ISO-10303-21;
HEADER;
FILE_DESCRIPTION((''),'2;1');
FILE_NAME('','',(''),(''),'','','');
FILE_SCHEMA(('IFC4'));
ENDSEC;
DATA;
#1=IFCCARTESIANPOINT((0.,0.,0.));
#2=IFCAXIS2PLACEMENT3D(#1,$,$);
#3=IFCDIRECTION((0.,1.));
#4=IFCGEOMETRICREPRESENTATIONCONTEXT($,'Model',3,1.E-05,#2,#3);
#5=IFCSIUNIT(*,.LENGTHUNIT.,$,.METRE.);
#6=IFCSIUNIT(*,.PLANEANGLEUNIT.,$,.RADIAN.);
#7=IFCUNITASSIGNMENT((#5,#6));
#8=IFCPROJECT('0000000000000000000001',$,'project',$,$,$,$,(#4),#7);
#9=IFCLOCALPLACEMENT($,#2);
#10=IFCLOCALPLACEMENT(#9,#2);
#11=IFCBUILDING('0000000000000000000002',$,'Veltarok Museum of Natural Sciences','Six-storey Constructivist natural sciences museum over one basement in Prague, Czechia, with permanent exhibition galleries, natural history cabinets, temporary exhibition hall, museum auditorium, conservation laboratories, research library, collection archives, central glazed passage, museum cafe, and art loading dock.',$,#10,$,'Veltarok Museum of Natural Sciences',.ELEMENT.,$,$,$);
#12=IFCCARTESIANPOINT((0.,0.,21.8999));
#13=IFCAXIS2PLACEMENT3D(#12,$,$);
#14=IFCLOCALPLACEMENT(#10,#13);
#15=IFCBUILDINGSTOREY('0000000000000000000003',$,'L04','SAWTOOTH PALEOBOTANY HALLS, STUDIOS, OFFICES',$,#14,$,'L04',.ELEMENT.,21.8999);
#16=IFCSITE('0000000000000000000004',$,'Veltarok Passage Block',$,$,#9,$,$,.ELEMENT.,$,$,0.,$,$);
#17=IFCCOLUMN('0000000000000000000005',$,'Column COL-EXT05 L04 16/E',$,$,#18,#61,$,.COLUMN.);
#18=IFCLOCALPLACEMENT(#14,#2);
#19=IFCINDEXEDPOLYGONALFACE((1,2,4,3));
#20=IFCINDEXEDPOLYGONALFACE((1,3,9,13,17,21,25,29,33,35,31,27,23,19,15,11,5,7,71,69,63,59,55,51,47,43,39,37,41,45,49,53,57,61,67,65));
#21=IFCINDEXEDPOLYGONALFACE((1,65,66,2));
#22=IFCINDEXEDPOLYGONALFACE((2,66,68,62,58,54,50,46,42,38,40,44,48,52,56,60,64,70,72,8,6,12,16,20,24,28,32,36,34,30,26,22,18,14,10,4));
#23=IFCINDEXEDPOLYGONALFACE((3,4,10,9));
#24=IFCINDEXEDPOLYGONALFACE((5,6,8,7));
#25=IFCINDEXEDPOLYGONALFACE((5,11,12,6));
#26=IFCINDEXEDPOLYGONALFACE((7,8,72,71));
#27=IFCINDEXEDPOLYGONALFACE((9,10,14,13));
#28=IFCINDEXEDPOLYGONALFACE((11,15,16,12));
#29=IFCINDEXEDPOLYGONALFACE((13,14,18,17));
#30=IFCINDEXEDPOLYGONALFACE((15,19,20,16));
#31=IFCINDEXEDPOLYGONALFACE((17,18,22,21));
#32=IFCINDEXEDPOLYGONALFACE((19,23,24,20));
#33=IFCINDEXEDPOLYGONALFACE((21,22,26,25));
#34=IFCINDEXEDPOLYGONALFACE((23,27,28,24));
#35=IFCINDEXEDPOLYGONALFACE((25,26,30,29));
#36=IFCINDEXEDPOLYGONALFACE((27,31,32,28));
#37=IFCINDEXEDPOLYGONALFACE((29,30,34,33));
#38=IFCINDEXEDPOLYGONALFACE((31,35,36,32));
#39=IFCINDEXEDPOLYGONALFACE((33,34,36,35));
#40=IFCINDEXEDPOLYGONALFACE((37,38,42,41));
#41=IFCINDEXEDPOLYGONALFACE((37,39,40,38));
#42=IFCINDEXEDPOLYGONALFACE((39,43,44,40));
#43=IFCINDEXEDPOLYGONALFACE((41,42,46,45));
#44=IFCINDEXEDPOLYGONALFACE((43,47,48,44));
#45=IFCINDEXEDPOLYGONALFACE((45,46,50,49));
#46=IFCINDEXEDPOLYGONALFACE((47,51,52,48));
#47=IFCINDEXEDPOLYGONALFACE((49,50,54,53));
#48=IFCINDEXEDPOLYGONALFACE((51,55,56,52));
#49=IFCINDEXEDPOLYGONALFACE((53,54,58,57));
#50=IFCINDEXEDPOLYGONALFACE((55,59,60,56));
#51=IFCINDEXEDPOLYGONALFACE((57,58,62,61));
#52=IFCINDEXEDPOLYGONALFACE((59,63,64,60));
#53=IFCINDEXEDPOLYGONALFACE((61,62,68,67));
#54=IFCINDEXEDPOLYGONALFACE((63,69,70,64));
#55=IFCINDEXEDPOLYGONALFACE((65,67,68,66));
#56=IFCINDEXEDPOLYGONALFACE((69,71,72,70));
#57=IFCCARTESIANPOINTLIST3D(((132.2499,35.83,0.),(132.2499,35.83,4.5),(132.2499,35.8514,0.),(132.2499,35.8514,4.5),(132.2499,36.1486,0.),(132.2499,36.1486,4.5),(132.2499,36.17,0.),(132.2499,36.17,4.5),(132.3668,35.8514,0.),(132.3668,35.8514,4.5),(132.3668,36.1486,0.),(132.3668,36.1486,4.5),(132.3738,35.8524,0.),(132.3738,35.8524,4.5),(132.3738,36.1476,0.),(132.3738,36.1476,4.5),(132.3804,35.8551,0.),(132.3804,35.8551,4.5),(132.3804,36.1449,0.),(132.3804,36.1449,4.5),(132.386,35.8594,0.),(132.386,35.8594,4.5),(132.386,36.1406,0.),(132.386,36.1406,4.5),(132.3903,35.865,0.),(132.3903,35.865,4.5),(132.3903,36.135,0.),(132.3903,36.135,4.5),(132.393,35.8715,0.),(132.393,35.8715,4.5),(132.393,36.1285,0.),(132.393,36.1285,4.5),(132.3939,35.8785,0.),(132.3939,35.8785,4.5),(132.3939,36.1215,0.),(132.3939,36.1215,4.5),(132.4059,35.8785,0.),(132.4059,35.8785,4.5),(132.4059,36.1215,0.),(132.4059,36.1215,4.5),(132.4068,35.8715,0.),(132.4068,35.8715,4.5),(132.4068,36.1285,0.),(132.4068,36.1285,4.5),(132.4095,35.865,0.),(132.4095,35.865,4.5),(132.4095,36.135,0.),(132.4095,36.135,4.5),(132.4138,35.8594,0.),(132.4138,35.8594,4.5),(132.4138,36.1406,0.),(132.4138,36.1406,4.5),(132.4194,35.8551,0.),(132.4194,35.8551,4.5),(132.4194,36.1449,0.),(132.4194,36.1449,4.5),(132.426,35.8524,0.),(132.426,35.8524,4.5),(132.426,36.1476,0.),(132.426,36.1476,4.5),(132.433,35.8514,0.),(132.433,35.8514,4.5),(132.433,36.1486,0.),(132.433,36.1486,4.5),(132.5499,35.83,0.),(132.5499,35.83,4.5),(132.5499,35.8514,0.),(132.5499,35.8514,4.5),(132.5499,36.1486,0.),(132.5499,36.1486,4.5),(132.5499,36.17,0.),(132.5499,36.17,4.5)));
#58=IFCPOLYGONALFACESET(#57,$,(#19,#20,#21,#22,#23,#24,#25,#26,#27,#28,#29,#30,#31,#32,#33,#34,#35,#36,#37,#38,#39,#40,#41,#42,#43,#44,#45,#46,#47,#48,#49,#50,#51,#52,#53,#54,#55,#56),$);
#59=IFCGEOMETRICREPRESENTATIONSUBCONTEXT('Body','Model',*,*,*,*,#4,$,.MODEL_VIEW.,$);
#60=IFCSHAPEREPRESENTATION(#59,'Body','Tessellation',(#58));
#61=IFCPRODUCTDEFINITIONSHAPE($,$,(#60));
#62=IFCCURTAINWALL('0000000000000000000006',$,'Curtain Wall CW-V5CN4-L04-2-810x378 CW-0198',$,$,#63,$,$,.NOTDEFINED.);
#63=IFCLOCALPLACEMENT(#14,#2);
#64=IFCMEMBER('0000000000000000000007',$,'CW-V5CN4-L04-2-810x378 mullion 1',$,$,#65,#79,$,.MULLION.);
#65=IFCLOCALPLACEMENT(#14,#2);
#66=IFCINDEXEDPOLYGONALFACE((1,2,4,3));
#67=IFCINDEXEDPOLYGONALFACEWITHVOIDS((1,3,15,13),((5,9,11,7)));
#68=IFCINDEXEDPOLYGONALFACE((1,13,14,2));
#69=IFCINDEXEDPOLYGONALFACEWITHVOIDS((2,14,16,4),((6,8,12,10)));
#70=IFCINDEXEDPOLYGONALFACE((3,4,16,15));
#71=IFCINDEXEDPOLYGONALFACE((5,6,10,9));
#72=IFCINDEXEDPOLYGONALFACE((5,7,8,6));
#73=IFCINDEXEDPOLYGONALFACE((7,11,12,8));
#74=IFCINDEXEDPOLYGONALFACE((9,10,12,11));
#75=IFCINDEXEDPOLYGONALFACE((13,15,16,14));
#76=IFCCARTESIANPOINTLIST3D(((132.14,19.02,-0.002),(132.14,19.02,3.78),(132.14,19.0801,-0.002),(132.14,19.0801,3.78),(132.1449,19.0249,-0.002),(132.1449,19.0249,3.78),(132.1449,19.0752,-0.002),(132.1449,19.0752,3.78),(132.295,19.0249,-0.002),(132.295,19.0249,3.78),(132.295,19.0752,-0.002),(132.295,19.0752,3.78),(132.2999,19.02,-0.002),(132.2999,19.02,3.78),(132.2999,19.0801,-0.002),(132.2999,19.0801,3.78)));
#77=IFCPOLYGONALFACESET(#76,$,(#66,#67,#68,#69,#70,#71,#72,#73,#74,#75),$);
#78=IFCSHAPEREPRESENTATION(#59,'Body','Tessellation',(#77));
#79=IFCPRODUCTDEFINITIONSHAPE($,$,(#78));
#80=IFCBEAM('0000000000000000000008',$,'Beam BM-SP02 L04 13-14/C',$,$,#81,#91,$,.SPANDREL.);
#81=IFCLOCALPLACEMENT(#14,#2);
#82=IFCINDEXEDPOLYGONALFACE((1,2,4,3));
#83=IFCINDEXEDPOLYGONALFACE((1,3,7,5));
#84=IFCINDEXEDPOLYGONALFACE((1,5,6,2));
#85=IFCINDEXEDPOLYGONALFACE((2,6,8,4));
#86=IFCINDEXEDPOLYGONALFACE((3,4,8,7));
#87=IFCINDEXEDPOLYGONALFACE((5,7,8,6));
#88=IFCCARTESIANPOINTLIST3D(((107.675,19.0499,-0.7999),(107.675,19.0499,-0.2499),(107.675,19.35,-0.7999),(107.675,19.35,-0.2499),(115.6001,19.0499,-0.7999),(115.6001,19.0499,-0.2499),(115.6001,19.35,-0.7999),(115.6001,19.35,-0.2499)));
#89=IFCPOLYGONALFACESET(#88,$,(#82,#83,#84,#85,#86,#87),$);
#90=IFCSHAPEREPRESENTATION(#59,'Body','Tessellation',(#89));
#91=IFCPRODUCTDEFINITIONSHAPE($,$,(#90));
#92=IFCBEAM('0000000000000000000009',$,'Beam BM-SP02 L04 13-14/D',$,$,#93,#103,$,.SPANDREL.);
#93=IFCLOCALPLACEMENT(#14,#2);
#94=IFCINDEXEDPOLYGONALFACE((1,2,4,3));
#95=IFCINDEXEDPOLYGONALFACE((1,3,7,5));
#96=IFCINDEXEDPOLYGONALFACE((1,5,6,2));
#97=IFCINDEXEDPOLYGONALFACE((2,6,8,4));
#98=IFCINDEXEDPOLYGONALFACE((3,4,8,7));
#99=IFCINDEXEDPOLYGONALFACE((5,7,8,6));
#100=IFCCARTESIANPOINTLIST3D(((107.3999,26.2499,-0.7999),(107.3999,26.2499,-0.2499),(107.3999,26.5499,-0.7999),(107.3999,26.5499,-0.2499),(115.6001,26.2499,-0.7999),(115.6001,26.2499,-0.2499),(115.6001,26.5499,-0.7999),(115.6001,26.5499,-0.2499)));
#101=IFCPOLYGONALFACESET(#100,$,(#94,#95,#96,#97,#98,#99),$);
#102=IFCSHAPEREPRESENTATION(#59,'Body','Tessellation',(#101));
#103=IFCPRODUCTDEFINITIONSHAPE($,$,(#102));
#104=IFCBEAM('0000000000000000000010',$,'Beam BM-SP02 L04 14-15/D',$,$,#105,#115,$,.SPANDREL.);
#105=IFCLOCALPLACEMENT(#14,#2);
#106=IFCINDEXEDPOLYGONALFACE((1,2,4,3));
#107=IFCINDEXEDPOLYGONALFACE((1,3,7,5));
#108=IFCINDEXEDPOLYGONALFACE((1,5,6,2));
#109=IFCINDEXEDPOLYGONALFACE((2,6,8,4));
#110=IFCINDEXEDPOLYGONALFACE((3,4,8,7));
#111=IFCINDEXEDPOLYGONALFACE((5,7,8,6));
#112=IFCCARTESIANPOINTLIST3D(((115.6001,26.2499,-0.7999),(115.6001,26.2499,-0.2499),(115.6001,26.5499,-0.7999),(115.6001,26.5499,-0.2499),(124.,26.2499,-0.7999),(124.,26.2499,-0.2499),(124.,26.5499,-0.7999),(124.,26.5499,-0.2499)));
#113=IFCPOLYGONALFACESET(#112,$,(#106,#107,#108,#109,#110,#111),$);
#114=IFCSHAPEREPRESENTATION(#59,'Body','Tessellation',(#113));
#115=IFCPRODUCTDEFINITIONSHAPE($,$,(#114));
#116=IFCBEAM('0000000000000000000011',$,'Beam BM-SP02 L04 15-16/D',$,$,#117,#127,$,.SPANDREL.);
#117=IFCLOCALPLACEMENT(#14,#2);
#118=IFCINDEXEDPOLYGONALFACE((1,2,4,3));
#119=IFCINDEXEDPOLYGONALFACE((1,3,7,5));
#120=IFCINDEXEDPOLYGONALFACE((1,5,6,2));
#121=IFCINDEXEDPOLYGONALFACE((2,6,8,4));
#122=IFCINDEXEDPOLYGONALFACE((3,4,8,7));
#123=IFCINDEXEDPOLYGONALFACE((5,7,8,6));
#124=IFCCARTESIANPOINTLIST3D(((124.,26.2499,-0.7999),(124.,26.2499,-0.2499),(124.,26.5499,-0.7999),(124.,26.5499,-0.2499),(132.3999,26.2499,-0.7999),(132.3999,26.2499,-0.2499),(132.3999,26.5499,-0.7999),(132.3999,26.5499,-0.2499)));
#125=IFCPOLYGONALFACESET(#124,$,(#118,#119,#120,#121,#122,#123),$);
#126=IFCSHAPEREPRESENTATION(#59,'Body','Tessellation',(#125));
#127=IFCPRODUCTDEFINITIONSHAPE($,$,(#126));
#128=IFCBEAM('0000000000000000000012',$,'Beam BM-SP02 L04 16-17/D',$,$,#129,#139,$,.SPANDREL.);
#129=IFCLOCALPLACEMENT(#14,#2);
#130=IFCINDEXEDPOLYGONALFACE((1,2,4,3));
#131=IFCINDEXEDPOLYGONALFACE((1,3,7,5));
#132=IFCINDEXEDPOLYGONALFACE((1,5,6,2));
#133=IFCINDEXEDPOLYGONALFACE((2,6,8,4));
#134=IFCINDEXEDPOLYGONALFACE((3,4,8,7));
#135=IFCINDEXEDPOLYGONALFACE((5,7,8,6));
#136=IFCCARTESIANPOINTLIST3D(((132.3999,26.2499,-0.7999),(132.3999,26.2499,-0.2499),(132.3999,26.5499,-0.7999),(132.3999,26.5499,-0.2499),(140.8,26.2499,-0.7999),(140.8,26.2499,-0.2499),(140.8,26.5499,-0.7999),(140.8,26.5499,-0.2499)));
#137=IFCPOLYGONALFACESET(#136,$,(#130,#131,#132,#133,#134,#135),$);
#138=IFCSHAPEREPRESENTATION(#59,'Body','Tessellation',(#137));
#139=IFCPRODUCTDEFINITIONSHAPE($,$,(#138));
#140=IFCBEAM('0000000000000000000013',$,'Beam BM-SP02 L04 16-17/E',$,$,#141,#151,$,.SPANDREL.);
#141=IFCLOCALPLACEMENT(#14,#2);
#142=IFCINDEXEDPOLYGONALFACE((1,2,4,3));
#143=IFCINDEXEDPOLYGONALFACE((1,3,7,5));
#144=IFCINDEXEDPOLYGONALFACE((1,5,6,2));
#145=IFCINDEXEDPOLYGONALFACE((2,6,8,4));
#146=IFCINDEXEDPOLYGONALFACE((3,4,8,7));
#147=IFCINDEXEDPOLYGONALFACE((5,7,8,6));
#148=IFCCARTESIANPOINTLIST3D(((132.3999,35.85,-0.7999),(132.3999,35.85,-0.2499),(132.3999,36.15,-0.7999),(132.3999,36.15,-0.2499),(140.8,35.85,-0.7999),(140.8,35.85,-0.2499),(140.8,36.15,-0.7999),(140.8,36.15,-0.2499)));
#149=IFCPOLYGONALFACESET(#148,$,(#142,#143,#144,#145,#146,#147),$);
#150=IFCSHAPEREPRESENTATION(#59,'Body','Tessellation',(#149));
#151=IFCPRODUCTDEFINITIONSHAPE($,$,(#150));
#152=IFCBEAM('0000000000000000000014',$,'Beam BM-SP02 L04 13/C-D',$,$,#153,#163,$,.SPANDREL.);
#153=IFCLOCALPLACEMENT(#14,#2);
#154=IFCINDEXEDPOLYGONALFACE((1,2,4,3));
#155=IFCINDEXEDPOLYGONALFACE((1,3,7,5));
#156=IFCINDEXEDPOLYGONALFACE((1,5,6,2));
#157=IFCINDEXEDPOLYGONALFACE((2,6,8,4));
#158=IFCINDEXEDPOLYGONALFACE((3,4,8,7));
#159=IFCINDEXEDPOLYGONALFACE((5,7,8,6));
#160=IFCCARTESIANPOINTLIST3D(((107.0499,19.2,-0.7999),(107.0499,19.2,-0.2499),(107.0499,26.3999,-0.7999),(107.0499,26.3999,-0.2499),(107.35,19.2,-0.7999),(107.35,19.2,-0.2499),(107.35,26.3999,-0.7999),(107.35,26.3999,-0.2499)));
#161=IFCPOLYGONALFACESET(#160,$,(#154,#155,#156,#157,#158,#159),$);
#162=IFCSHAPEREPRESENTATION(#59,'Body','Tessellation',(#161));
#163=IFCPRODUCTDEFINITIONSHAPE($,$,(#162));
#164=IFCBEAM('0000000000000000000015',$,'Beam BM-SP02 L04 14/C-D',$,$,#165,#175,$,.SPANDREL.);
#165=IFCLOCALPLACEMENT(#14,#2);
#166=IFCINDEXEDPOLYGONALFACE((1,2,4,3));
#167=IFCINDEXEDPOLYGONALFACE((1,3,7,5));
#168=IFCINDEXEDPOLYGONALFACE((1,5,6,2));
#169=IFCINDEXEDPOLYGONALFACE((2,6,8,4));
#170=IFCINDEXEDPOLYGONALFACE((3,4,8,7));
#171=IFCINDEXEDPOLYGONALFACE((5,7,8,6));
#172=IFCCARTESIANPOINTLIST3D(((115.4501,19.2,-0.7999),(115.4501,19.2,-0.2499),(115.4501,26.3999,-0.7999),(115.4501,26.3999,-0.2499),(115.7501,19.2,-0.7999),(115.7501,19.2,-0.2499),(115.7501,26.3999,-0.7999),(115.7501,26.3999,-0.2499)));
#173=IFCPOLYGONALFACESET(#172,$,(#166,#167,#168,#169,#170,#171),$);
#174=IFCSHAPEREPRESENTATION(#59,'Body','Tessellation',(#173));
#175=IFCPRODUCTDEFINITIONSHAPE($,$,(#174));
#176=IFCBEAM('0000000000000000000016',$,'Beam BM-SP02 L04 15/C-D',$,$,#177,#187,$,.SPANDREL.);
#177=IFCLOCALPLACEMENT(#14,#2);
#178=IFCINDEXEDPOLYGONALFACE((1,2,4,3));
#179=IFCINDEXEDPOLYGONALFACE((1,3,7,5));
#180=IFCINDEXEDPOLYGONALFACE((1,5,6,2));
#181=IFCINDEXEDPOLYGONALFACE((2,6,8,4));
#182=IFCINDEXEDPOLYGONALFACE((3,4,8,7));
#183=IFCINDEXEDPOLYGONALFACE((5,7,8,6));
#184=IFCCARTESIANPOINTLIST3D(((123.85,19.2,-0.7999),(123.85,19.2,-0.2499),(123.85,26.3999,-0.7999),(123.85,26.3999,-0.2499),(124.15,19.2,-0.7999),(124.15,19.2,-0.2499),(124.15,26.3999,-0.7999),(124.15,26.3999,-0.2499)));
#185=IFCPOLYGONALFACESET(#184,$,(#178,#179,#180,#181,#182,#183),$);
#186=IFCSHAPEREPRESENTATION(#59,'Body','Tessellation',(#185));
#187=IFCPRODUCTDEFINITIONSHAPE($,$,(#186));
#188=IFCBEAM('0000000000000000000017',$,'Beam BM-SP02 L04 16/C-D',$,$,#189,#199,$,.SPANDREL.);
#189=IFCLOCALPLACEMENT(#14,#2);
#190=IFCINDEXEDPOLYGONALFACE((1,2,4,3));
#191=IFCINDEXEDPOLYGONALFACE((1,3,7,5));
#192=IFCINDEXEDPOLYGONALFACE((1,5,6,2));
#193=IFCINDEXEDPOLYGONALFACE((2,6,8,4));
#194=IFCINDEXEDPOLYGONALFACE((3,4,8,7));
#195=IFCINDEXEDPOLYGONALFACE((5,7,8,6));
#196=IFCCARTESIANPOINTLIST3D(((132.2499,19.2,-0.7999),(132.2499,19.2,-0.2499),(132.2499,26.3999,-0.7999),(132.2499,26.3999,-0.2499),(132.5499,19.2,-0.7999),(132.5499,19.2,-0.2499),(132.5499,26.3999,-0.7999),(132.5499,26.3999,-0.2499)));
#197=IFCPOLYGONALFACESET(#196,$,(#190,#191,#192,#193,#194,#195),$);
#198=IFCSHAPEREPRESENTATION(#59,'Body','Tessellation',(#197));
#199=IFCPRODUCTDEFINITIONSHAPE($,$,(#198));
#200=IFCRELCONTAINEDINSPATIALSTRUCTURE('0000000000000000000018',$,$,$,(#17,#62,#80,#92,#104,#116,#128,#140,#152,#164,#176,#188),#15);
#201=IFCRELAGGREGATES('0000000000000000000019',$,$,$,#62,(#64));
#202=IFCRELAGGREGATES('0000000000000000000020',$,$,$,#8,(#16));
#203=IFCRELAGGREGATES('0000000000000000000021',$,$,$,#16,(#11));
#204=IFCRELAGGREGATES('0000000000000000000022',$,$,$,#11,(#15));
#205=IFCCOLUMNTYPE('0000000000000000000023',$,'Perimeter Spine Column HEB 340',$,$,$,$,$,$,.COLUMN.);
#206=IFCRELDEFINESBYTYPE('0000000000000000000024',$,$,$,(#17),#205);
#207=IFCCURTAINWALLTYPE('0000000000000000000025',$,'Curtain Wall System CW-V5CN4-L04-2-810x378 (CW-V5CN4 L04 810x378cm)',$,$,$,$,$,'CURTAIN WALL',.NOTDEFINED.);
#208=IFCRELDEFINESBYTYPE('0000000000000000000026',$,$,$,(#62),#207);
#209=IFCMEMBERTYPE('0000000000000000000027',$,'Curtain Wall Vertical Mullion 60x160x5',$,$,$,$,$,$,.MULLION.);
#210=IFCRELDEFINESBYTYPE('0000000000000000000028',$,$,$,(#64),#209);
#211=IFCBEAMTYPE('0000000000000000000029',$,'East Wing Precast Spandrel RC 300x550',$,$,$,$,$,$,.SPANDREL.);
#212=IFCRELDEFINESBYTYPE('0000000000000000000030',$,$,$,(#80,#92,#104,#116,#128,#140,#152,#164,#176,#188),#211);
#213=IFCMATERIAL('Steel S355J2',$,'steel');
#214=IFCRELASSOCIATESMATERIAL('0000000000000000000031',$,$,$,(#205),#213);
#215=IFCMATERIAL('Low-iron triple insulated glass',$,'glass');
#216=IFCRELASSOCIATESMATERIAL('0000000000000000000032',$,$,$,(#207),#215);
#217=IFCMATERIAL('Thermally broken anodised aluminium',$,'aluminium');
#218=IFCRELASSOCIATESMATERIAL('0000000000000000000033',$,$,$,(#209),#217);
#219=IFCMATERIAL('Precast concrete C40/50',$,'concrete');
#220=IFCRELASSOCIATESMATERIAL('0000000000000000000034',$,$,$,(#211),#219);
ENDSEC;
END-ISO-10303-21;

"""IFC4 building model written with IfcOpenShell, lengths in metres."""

from ifc_helpers import new_model, si_unit, direction, frame, origin, origin_2d, place, context, subcontext, project, spatial, rectangle, hollow_rectangle, i_section, extrude, material, material_profile, profile_set, type_object, element, aggregate, save


model = new_model("IFC4")

# Units and contexts
model_context = context("Model", 3, precision=1e-05, world=origin(), true_north=direction((0.0, 1.0)))
body_context = subcontext(model_context, "Body", "Model", "MODEL_VIEW")
ifc_project = project(units=[si_unit("LENGTHUNIT", "METRE"), si_unit("PLANEANGLEUNIT", "RADIAN")], contexts=[model_context])

# Site, building, storey
site_placement = place(None, origin())
site = spatial("IfcSite", under=ifc_project, at=site_placement, Name="Veltarok Passage Block", CompositionType="ELEMENT", RefElevation=0.0)
building_placement = place(site_placement, origin())
building = spatial("IfcBuilding", under=site, at=building_placement, Name="Veltarok Museum of Natural Sciences", Description="Six-storey Constructivist natural sciences museum over one basement in Prague, Czechia, with permanent exhibition galleries, natural history cabinets, temporary exhibition hall, museum auditorium, conservation laboratories, research library, collection archives, central glazed passage, museum cafe, and art loading dock.", LongName="Veltarok Museum of Natural Sciences", CompositionType="ELEMENT")
storey_placement = place(building_placement, frame((0.0, 0.0, 21.8999)))
storey = spatial("IfcBuildingStorey", under=building, at=storey_placement, Name="L04", Description="SAWTOOTH PALEOBOTANY HALLS, STUDIOS, OFFICES", LongName="L04", CompositionType="ELEMENT", Elevation=21.8999)

# Column
ifc_material_1 = material(Name="Steel S355J2", Category="steel")
ifc_material_profile_1 = material_profile(ifc_material_1, i_section(OverallWidth=0.3, OverallDepth=0.3401, WebThickness=0.012, FlangeThickness=0.0215, FilletRadius=0.0271, at=origin_2d()), Name="HEB 340")
ifc_profile_set_1 = profile_set([ifc_material_profile_1], Name="Steel S355J2")
column_type_1 = type_object("IfcColumnType", Name="Perimeter Spine Column HEB 340", PredefinedType="COLUMN", material=ifc_profile_set_1)
for number, where, z_axis, x_axis, name in (
    (1, (132.3999, 36.0, 0.0), (0.0, 0.0, 1.0), (1.0, 0.0, 0.0), "Column COL-EXT05 L04 16/E"),
):
    element("IfcColumn", number, at=place(storey_placement, frame(where, z_axis=z_axis, x_axis=x_axis)), inside=storey, type_object=column_type_1, Name=name, PredefinedType="COLUMN", context=body_context, shape_type="SweptSolid", body=[
        extrude(i_section(OverallWidth=0.3, OverallDepth=0.3401, WebThickness=0.012, FlangeThickness=0.0215, FilletRadius=0.0271, at=origin_2d()), origin(), (0.0, 0.0, 1.0), 4.5),
    ])

# Curtain wall, member
ifc_material_2 = material(Name="Low-iron triple insulated glass", Category="glass")
curtain_wall_type = type_object("IfcCurtainWallType", Name="Curtain Wall System CW-V5CN4-L04-2-810x378 (CW-V5CN4 L04 810x378cm)", ElementType="CURTAIN WALL", PredefinedType="NOTDEFINED", material=ifc_material_2)
curtain_wall_placement = place(storey_placement, origin())
curtain_wall = element("IfcCurtainWall", 2, at=curtain_wall_placement, inside=storey, type_object=curtain_wall_type, Name="Curtain Wall CW-V5CN4-L04-2-810x378 CW-0198", PredefinedType="NOTDEFINED")
ifc_material_3 = material(Name="Thermally broken anodised aluminium", Category="aluminium")
ifc_material_profile_2 = material_profile(ifc_material_3, hollow_rectangle(XDim=0.0601, YDim=0.1599, WallThickness=0.0049, at=origin_2d()), Name="CW MULLION 60x160x5")
ifc_profile_set_2 = profile_set([ifc_material_profile_2], Name="Thermally broken anodised aluminium")
member_type = type_object("IfcMemberType", Name="Curtain Wall Vertical Mullion 60x160x5", PredefinedType="MULLION", material=ifc_profile_set_2)
member_placement = place(storey_placement, frame((132.22, 19.05, -0.002), z_axis=(0.0, 0.0, 1.0), x_axis=(0.0, -1.0, 0.0)))
member = element("IfcMember", 3, at=member_placement, type_object=member_type, Name="CW-V5CN4-L04-2-810x378 mullion 1", PredefinedType="MULLION", context=body_context, shape_type="SweptSolid", body=[
    extrude(hollow_rectangle(XDim=0.0601, YDim=0.1599, WallThickness=0.0049, at=origin_2d()), origin(), (0.0, 0.0, 1.0), 3.782),
])
aggregate(curtain_wall, [member])

# Beams
ifc_material_4 = material(Name="Precast concrete C40/50", Category="concrete")
ifc_material_profile_3 = material_profile(ifc_material_4, rectangle(XDim=0.3, YDim=0.55, at=origin_2d()), Name="RC 300x550")
ifc_profile_set_3 = profile_set([ifc_material_profile_3], Name="Precast concrete C40/50")
beam_type_1 = type_object("IfcBeamType", Name="East Wing Precast Spandrel RC 300x550", PredefinedType="SPANDREL", material=ifc_profile_set_3)
beam_1_placement = place(storey_placement, frame((107.675, 19.2, -0.5249), z_axis=(1.0, 0.0, 0.0), x_axis=(0.0, 1.0, 0.0)))
element("IfcBeam", 4, at=beam_1_placement, inside=storey, type_object=beam_type_1, Name="Beam BM-SP02 L04 13-14/C", PredefinedType="SPANDREL", context=body_context, shape_type="SweptSolid", body=[
    extrude(rectangle(XDim=0.3, YDim=0.55, at=origin_2d()), origin(), (0.0, 0.0, 1.0), 7.925),
])
beam_2_placement = place(storey_placement, frame((107.3999, 26.3999, -0.5249), z_axis=(1.0, 0.0, 0.0), x_axis=(0.0, 1.0, 0.0)))
element("IfcBeam", 5, at=beam_2_placement, inside=storey, type_object=beam_type_1, Name="Beam BM-SP02 L04 13-14/D", PredefinedType="SPANDREL", context=body_context, shape_type="SweptSolid", body=[
    extrude(rectangle(XDim=0.3, YDim=0.55, at=origin_2d()), origin(), (0.0, 0.0, 1.0), 8.2002),
])
for number, where, z_axis, x_axis, name in (
    (6, (115.6001, 26.3999, -0.5249), (1.0, 0.0, 0.0), (0.0, 1.0, 0.0), "Beam BM-SP02 L04 14-15/D"),
    (7, (124.0, 26.3999, -0.5249), (1.0, 0.0, 0.0), (0.0, 1.0, 0.0), "Beam BM-SP02 L04 15-16/D"),
):
    element("IfcBeam", number, at=place(storey_placement, frame(where, z_axis=z_axis, x_axis=x_axis)), inside=storey, type_object=beam_type_1, Name=name, PredefinedType="SPANDREL", context=body_context, shape_type="SweptSolid", body=[
        extrude(rectangle(XDim=0.3, YDim=0.55, at=origin_2d()), origin(), (0.0, 0.0, 1.0), 8.3999),
    ])
for number, where, z_axis, x_axis, name in (
    (8, (132.3999, 26.3999, -0.5249), (1.0, 0.0, 0.0), (0.0, 1.0, 0.0), "Beam BM-SP02 L04 16-17/D"),
    (9, (132.3999, 36.0, -0.5249), (1.0, 0.0, 0.0), (0.0, 1.0, 0.0), "Beam BM-SP02 L04 16-17/E"),
):
    element("IfcBeam", number, at=place(storey_placement, frame(where, z_axis=z_axis, x_axis=x_axis)), inside=storey, type_object=beam_type_1, Name=name, PredefinedType="SPANDREL", context=body_context, shape_type="SweptSolid", body=[
        extrude(rectangle(XDim=0.3, YDim=0.55, at=origin_2d()), origin(), (0.0, 0.0, 1.0), 8.4001),
    ])
for number, where, z_axis, x_axis, name in (
    (10, (107.2, 19.2, -0.5249), (0.0, 1.0, 0.0), (-1.0, 0.0, 0.0), "Beam BM-SP02 L04 13/C-D"),
    (11, (115.6001, 19.2, -0.5249), (0.0, 1.0, 0.0), (-1.0, 0.0, 0.0), "Beam BM-SP02 L04 14/C-D"),
    (12, (124.0, 19.2, -0.5249), (0.0, 1.0, 0.0), (-1.0, 0.0, 0.0), "Beam BM-SP02 L04 15/C-D"),
    (13, (132.3999, 19.2, -0.5249), (0.0, 1.0, 0.0), (-1.0, 0.0, 0.0), "Beam BM-SP02 L04 16/C-D"),
):
    element("IfcBeam", number, at=place(storey_placement, frame(where, z_axis=z_axis, x_axis=x_axis)), inside=storey, type_object=beam_type_1, Name=name, PredefinedType="SPANDREL", context=body_context, shape_type="SweptSolid", body=[
        extrude(rectangle(XDim=0.3, YDim=0.55, at=origin_2d()), origin(), (0.0, 0.0, 1.0), 7.2),
    ])

save(model, "model.ifc")
